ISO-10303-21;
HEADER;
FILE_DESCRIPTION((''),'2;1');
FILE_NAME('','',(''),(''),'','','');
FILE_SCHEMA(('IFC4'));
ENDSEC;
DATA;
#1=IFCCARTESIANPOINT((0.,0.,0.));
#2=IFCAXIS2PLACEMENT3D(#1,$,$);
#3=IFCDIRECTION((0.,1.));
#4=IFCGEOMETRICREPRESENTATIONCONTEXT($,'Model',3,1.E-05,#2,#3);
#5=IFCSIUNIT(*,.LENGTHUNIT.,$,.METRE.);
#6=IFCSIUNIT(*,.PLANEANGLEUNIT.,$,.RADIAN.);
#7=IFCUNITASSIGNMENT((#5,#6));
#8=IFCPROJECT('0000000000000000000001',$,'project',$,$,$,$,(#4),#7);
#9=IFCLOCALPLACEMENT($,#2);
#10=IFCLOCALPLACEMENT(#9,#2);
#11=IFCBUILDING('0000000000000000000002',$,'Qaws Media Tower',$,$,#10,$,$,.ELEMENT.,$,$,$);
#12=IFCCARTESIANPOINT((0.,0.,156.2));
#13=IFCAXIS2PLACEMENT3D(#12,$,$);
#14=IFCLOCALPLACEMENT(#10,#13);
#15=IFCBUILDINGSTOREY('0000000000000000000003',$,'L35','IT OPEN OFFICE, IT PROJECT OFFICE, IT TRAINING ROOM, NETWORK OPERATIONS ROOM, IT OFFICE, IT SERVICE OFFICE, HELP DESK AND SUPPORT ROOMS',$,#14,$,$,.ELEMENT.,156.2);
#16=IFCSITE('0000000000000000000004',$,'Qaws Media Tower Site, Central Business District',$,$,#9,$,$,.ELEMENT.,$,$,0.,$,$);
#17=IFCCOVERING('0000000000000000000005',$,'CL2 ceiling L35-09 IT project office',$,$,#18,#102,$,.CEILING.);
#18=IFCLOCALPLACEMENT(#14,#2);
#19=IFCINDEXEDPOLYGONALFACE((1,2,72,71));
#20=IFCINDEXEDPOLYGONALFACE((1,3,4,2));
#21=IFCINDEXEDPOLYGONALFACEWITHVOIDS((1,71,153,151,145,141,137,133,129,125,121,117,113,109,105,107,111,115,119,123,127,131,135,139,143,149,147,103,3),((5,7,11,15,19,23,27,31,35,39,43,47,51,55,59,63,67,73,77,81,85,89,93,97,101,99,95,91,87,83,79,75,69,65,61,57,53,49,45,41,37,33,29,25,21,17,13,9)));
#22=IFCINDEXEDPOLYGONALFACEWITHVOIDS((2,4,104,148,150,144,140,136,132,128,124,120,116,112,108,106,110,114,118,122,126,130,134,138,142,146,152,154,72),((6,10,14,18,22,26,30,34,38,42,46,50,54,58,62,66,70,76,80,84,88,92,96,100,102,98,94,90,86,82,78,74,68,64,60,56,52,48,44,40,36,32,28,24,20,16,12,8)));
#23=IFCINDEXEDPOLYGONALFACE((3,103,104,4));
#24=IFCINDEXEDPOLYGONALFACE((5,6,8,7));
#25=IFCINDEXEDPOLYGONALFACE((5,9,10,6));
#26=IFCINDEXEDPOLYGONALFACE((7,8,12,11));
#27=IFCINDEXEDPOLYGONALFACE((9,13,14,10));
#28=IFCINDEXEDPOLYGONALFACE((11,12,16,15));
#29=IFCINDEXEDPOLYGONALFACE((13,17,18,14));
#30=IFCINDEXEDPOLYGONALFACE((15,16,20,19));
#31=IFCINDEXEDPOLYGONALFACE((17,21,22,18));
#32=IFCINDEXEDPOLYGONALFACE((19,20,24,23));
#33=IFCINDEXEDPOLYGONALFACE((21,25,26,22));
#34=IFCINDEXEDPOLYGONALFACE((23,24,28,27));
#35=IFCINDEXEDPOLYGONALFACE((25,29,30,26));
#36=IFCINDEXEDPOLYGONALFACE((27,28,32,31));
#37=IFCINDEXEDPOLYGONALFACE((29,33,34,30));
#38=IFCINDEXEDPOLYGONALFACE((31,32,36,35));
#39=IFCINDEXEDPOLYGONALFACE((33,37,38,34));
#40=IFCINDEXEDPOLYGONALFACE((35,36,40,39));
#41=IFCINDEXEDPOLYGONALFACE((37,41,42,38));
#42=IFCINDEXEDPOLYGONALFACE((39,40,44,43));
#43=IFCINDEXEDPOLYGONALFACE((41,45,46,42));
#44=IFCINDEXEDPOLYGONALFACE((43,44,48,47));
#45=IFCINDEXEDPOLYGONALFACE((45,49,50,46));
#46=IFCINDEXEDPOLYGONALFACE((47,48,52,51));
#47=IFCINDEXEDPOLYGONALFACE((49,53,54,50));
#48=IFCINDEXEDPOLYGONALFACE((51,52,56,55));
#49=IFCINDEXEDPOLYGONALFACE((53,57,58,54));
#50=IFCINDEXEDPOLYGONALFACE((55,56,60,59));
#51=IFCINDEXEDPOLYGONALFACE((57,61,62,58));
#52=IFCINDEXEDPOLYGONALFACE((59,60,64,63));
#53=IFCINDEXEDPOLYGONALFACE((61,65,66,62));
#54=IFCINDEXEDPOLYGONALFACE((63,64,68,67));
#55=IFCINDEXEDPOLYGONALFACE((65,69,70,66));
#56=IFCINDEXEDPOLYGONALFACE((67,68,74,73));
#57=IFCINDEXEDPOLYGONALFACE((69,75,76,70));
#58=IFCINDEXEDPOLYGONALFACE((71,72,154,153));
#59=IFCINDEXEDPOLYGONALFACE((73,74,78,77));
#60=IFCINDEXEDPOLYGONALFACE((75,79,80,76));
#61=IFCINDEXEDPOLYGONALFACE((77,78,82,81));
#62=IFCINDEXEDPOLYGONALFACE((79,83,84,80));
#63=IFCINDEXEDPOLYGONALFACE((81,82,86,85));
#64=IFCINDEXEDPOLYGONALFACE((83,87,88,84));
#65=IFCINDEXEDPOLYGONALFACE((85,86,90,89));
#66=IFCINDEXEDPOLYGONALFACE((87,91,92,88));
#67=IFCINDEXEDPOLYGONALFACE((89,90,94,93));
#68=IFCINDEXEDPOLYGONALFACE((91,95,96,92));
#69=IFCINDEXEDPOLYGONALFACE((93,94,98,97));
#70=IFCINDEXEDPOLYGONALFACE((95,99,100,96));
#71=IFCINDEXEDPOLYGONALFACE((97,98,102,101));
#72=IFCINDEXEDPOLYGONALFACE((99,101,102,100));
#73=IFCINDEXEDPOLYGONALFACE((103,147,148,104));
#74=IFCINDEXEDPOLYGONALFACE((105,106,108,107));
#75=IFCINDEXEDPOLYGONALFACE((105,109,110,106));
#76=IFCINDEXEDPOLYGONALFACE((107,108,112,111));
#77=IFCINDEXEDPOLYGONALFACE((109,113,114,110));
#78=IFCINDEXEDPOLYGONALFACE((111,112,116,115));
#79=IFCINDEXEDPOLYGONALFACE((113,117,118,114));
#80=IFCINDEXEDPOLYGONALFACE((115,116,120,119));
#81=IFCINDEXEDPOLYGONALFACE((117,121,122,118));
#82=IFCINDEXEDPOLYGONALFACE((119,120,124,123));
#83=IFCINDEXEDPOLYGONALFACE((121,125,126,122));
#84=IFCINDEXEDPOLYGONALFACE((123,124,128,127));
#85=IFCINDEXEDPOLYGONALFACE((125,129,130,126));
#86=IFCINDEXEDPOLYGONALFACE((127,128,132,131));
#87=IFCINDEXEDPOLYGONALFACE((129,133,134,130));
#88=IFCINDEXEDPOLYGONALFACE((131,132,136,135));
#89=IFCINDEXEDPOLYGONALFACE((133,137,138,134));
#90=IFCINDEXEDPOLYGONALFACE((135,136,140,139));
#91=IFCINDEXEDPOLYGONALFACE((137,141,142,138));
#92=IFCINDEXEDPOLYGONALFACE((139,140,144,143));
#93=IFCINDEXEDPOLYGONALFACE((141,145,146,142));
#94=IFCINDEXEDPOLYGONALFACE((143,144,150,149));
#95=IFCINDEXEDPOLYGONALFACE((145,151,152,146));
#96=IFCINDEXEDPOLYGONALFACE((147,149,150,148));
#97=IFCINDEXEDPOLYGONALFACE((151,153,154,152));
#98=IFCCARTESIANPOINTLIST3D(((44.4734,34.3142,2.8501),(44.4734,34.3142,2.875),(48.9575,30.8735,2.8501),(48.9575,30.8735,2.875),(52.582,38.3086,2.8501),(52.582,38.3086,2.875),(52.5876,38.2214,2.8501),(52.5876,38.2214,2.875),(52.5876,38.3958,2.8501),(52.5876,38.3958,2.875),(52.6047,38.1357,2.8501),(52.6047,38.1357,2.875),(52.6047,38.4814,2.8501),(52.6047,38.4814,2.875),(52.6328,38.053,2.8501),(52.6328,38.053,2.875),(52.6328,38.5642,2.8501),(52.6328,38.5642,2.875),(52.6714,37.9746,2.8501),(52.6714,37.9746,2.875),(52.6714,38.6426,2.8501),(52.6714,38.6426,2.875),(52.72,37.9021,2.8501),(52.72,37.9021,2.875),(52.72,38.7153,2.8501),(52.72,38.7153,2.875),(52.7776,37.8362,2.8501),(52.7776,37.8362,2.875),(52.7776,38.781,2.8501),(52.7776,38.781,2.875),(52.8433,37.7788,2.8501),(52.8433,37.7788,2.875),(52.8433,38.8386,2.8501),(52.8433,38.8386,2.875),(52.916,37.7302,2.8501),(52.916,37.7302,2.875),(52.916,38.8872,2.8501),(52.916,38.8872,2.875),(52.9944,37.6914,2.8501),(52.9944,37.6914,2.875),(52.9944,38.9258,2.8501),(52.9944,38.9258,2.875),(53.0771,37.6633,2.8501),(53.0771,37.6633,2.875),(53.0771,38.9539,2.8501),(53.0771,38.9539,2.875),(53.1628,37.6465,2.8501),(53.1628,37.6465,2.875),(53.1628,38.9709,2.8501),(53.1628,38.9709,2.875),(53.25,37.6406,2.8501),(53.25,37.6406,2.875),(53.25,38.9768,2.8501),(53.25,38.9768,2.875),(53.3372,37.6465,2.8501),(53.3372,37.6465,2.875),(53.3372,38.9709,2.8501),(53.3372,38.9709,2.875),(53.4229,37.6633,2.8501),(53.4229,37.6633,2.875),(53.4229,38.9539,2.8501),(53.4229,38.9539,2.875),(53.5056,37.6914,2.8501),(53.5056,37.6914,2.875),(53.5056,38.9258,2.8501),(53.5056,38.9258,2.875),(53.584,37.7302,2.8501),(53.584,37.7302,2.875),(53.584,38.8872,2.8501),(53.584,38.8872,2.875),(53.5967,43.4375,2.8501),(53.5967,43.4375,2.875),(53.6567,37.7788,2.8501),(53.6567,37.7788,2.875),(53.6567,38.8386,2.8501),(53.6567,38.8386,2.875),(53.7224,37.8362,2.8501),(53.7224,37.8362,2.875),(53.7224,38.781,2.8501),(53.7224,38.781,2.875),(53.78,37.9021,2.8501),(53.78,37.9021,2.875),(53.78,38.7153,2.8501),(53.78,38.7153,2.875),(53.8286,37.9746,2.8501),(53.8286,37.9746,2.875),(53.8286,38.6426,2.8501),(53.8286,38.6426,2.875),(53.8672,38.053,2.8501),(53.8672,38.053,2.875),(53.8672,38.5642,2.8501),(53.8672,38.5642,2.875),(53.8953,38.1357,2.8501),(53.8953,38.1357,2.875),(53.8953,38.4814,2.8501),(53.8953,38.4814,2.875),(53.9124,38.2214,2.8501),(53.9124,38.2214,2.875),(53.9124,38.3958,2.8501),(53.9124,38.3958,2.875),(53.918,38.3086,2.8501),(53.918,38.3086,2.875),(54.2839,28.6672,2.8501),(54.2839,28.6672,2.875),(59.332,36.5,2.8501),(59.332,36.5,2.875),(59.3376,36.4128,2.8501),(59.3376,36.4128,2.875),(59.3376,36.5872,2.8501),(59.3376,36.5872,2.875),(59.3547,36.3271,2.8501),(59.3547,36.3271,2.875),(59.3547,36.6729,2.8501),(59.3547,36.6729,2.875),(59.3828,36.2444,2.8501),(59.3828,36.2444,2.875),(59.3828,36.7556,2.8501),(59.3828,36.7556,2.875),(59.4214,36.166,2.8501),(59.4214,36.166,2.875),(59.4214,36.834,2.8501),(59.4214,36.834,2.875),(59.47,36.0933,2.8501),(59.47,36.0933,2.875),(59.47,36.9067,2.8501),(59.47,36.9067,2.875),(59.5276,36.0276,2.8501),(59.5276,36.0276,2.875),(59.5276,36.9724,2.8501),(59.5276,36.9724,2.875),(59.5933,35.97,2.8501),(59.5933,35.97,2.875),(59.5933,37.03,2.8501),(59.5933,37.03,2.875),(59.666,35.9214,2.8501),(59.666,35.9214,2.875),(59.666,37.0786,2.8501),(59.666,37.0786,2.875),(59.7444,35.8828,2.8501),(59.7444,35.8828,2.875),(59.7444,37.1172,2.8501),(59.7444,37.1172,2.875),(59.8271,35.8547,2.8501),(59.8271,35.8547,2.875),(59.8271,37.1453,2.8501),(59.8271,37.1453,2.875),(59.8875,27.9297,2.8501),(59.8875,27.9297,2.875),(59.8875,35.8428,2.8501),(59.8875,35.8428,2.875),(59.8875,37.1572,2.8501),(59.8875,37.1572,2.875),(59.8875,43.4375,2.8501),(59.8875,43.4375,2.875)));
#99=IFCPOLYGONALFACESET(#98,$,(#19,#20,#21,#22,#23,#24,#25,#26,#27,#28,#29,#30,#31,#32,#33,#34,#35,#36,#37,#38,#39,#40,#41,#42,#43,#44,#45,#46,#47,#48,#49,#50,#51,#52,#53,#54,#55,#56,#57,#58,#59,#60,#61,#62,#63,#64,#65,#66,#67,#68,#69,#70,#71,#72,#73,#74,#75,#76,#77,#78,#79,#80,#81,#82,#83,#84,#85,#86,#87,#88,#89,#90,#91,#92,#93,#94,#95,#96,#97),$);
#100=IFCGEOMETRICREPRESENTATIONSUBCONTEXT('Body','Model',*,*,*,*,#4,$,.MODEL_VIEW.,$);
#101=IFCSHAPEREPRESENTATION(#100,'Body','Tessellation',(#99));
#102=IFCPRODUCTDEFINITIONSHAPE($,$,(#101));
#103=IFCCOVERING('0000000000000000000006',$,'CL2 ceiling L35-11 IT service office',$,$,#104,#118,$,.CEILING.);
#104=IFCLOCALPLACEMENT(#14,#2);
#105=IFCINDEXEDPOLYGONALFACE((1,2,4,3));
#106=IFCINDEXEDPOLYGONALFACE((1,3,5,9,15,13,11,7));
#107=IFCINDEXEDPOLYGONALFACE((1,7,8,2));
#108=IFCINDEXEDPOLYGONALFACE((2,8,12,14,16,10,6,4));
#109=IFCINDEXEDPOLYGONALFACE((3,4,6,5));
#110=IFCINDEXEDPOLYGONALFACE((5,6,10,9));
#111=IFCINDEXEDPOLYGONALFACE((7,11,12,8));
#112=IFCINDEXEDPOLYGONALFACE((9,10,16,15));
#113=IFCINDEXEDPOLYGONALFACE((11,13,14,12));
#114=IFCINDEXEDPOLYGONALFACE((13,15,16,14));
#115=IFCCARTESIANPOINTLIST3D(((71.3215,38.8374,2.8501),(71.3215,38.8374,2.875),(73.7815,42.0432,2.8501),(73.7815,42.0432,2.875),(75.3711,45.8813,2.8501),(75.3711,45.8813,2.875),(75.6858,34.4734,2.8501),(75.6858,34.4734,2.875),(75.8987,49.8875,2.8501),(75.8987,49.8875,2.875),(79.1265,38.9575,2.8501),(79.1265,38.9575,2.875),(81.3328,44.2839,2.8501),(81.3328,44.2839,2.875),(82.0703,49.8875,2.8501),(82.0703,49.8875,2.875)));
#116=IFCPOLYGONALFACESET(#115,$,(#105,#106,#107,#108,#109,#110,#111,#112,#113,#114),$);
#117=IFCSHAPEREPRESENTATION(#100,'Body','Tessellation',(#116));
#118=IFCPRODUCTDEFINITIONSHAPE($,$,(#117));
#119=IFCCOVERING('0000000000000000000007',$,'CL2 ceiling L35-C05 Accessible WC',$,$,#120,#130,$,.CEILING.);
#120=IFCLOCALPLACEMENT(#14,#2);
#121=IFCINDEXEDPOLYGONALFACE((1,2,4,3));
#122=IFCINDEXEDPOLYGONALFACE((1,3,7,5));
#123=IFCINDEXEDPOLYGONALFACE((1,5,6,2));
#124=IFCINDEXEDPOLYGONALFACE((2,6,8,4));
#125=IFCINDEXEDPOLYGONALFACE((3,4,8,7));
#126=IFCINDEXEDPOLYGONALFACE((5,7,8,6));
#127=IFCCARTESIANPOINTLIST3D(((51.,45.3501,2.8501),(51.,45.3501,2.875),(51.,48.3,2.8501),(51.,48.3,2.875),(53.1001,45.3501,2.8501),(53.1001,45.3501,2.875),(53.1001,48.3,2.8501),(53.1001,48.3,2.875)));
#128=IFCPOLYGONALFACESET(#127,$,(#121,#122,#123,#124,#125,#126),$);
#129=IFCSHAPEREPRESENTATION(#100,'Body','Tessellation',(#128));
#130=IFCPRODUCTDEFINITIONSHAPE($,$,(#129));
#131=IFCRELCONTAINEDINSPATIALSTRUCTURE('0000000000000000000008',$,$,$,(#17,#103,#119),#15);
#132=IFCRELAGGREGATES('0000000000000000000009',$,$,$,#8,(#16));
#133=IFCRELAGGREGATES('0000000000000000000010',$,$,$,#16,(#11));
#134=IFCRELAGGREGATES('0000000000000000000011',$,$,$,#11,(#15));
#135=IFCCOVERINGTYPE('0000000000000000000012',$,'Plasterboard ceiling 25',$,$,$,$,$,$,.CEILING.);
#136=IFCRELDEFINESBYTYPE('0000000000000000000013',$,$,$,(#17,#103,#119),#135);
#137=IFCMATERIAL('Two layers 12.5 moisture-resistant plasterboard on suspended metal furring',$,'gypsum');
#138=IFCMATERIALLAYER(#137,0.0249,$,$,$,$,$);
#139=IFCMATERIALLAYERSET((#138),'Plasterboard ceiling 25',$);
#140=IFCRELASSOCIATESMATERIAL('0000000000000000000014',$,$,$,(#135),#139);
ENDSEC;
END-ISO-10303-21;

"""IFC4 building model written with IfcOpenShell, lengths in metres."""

from ifc_helpers import new_model, si_unit, direction, frame, origin, place, context, subcontext, project, spatial, polyline, outline, extrude, material, layer, layer_set, type_object, element, save


model = new_model("IFC4")

# Units and contexts
model_context = context("Model", 3, precision=1e-05, world=origin(), true_north=direction((0.0, 1.0)))
body_context = subcontext(model_context, "Body", "Model", "MODEL_VIEW")
ifc_project = project(units=[si_unit("LENGTHUNIT", "METRE"), si_unit("PLANEANGLEUNIT", "RADIAN")], contexts=[model_context])

# Site, building, storey
site_placement = place(None, origin())
site = spatial("IfcSite", under=ifc_project, at=site_placement, Name="Qaws Media Tower Site, Central Business District", CompositionType="ELEMENT", RefElevation=0.0)
building_placement = place(site_placement, origin())
building = spatial("IfcBuilding", under=site, at=building_placement, Name="Qaws Media Tower", CompositionType="ELEMENT")
storey_placement = place(building_placement, frame((0.0, 0.0, 156.2)))
storey = spatial("IfcBuildingStorey", under=building, at=storey_placement, Name="L35", Description="IT OPEN OFFICE, IT PROJECT OFFICE, IT TRAINING ROOM, NETWORK OPERATIONS ROOM, IT OFFICE, IT SERVICE OFFICE, HELP DESK AND SUPPORT ROOMS", CompositionType="ELEMENT", Elevation=156.2)

# Coverings
ifc_material_1 = material(Name="Two layers 12.5 moisture-resistant plasterboard on suspended metal furring", Category="gypsum")
ifc_layer_1 = layer(ifc_material_1, 0.0249)
ifc_layer_set_1 = layer_set([ifc_layer_1], Name="Plasterboard ceiling 25")
covering_type_1 = type_object("IfcCoveringType", Name="Plasterboard ceiling 25", PredefinedType="CEILING", material=ifc_layer_set_1)
covering_1_placement = place(storey_placement, frame((0.0, 0.0, 2.8501)))
element("IfcCovering", 1, at=covering_1_placement, inside=storey, type_object=covering_type_1, Name="CL2 ceiling L35-09 IT project office", PredefinedType="CEILING", context=body_context, shape_type="SweptSolid", body=[
    extrude(outline(polyline([(54.2839, 28.6672), (48.9575, 30.8735), (44.4734, 34.3142), (53.5967, 43.4375), (59.8875, 43.4375), (59.8875, 37.1572), (59.8271, 37.1453), (59.7444, 37.1172), (59.666, 37.0786), (59.5933, 37.03), (59.5276, 36.9724), (59.47, 36.9067), (59.4214, 36.834), (59.3828, 36.7556), (59.3547, 36.6729), (59.3376, 36.5872), (59.332, 36.5), (59.3376, 36.4128), (59.3547, 36.3271), (59.3828, 36.2444), (59.4214, 36.166), (59.47, 36.0933), (59.5276, 36.0276), (59.5933, 35.97), (59.666, 35.9214), (59.7444, 35.8828), (59.8271, 35.8547), (59.8875, 35.8428), (59.8875, 27.9297), (54.2839, 28.6672)]), holes=[polyline([(53.8953, 38.1357), (53.9124, 38.2214), (53.918, 38.3086), (53.9124, 38.3958), (53.8953, 38.4814), (53.8672, 38.5642), (53.8286, 38.6426), (53.78, 38.7153), (53.7224, 38.781), (53.6567, 38.8386), (53.584, 38.8872), (53.5056, 38.9258), (53.4229, 38.9539), (53.3372, 38.9709), (53.25, 38.9768), (53.1628, 38.9709), (53.0771, 38.9539), (52.9944, 38.9258), (52.916, 38.8872), (52.8433, 38.8386), (52.7776, 38.781), (52.72, 38.7153), (52.6714, 38.6426), (52.6328, 38.5642), (52.6047, 38.4814), (52.5876, 38.3958), (52.582, 38.3086), (52.5876, 38.2214), (52.6047, 38.1357), (52.6328, 38.053), (52.6714, 37.9746), (52.72, 37.9021), (52.7776, 37.8362), (52.8433, 37.7788), (52.916, 37.7302), (52.9944, 37.6914), (53.0771, 37.6633), (53.1628, 37.6465), (53.25, 37.6406), (53.3372, 37.6465), (53.4229, 37.6633), (53.5056, 37.6914), (53.584, 37.7302), (53.6567, 37.7788), (53.7224, 37.8362), (53.78, 37.9021), (53.8286, 37.9746), (53.8672, 38.053), (53.8953, 38.1357)])]), origin(), (0.0, 0.0, 1.0), 0.0249),
])
covering_2_placement = place(storey_placement, frame((0.0, 0.0, 2.8501)))
element("IfcCovering", 2, at=covering_2_placement, inside=storey, type_object=covering_type_1, Name="CL2 ceiling L35-11 IT service office", PredefinedType="CEILING", context=body_context, shape_type="SweptSolid", body=[
    extrude(outline(polyline([(81.3328, 44.2839), (79.1265, 38.9575), (75.6858, 34.4734), (71.3215, 38.8374), (73.7815, 42.0432), (75.3711, 45.8813), (75.8987, 49.8875), (82.0703, 49.8875), (81.3328, 44.2839)])), origin(), (0.0, 0.0, 1.0), 0.0249),
])
covering_3_placement = place(storey_placement, frame((0.0, 0.0, 2.8501)))
element("IfcCovering", 3, at=covering_3_placement, inside=storey, type_object=covering_type_1, Name="CL2 ceiling L35-C05 Accessible WC", PredefinedType="CEILING", context=body_context, shape_type="SweptSolid", body=[
    extrude(outline(polyline([(51.0, 45.3501), (51.0, 48.3), (53.1001, 48.3), (53.1001, 45.3501), (51.0, 45.3501)])), origin(), (0.0, 0.0, 1.0), 0.0249),
])

save(model, "model.ifc")
